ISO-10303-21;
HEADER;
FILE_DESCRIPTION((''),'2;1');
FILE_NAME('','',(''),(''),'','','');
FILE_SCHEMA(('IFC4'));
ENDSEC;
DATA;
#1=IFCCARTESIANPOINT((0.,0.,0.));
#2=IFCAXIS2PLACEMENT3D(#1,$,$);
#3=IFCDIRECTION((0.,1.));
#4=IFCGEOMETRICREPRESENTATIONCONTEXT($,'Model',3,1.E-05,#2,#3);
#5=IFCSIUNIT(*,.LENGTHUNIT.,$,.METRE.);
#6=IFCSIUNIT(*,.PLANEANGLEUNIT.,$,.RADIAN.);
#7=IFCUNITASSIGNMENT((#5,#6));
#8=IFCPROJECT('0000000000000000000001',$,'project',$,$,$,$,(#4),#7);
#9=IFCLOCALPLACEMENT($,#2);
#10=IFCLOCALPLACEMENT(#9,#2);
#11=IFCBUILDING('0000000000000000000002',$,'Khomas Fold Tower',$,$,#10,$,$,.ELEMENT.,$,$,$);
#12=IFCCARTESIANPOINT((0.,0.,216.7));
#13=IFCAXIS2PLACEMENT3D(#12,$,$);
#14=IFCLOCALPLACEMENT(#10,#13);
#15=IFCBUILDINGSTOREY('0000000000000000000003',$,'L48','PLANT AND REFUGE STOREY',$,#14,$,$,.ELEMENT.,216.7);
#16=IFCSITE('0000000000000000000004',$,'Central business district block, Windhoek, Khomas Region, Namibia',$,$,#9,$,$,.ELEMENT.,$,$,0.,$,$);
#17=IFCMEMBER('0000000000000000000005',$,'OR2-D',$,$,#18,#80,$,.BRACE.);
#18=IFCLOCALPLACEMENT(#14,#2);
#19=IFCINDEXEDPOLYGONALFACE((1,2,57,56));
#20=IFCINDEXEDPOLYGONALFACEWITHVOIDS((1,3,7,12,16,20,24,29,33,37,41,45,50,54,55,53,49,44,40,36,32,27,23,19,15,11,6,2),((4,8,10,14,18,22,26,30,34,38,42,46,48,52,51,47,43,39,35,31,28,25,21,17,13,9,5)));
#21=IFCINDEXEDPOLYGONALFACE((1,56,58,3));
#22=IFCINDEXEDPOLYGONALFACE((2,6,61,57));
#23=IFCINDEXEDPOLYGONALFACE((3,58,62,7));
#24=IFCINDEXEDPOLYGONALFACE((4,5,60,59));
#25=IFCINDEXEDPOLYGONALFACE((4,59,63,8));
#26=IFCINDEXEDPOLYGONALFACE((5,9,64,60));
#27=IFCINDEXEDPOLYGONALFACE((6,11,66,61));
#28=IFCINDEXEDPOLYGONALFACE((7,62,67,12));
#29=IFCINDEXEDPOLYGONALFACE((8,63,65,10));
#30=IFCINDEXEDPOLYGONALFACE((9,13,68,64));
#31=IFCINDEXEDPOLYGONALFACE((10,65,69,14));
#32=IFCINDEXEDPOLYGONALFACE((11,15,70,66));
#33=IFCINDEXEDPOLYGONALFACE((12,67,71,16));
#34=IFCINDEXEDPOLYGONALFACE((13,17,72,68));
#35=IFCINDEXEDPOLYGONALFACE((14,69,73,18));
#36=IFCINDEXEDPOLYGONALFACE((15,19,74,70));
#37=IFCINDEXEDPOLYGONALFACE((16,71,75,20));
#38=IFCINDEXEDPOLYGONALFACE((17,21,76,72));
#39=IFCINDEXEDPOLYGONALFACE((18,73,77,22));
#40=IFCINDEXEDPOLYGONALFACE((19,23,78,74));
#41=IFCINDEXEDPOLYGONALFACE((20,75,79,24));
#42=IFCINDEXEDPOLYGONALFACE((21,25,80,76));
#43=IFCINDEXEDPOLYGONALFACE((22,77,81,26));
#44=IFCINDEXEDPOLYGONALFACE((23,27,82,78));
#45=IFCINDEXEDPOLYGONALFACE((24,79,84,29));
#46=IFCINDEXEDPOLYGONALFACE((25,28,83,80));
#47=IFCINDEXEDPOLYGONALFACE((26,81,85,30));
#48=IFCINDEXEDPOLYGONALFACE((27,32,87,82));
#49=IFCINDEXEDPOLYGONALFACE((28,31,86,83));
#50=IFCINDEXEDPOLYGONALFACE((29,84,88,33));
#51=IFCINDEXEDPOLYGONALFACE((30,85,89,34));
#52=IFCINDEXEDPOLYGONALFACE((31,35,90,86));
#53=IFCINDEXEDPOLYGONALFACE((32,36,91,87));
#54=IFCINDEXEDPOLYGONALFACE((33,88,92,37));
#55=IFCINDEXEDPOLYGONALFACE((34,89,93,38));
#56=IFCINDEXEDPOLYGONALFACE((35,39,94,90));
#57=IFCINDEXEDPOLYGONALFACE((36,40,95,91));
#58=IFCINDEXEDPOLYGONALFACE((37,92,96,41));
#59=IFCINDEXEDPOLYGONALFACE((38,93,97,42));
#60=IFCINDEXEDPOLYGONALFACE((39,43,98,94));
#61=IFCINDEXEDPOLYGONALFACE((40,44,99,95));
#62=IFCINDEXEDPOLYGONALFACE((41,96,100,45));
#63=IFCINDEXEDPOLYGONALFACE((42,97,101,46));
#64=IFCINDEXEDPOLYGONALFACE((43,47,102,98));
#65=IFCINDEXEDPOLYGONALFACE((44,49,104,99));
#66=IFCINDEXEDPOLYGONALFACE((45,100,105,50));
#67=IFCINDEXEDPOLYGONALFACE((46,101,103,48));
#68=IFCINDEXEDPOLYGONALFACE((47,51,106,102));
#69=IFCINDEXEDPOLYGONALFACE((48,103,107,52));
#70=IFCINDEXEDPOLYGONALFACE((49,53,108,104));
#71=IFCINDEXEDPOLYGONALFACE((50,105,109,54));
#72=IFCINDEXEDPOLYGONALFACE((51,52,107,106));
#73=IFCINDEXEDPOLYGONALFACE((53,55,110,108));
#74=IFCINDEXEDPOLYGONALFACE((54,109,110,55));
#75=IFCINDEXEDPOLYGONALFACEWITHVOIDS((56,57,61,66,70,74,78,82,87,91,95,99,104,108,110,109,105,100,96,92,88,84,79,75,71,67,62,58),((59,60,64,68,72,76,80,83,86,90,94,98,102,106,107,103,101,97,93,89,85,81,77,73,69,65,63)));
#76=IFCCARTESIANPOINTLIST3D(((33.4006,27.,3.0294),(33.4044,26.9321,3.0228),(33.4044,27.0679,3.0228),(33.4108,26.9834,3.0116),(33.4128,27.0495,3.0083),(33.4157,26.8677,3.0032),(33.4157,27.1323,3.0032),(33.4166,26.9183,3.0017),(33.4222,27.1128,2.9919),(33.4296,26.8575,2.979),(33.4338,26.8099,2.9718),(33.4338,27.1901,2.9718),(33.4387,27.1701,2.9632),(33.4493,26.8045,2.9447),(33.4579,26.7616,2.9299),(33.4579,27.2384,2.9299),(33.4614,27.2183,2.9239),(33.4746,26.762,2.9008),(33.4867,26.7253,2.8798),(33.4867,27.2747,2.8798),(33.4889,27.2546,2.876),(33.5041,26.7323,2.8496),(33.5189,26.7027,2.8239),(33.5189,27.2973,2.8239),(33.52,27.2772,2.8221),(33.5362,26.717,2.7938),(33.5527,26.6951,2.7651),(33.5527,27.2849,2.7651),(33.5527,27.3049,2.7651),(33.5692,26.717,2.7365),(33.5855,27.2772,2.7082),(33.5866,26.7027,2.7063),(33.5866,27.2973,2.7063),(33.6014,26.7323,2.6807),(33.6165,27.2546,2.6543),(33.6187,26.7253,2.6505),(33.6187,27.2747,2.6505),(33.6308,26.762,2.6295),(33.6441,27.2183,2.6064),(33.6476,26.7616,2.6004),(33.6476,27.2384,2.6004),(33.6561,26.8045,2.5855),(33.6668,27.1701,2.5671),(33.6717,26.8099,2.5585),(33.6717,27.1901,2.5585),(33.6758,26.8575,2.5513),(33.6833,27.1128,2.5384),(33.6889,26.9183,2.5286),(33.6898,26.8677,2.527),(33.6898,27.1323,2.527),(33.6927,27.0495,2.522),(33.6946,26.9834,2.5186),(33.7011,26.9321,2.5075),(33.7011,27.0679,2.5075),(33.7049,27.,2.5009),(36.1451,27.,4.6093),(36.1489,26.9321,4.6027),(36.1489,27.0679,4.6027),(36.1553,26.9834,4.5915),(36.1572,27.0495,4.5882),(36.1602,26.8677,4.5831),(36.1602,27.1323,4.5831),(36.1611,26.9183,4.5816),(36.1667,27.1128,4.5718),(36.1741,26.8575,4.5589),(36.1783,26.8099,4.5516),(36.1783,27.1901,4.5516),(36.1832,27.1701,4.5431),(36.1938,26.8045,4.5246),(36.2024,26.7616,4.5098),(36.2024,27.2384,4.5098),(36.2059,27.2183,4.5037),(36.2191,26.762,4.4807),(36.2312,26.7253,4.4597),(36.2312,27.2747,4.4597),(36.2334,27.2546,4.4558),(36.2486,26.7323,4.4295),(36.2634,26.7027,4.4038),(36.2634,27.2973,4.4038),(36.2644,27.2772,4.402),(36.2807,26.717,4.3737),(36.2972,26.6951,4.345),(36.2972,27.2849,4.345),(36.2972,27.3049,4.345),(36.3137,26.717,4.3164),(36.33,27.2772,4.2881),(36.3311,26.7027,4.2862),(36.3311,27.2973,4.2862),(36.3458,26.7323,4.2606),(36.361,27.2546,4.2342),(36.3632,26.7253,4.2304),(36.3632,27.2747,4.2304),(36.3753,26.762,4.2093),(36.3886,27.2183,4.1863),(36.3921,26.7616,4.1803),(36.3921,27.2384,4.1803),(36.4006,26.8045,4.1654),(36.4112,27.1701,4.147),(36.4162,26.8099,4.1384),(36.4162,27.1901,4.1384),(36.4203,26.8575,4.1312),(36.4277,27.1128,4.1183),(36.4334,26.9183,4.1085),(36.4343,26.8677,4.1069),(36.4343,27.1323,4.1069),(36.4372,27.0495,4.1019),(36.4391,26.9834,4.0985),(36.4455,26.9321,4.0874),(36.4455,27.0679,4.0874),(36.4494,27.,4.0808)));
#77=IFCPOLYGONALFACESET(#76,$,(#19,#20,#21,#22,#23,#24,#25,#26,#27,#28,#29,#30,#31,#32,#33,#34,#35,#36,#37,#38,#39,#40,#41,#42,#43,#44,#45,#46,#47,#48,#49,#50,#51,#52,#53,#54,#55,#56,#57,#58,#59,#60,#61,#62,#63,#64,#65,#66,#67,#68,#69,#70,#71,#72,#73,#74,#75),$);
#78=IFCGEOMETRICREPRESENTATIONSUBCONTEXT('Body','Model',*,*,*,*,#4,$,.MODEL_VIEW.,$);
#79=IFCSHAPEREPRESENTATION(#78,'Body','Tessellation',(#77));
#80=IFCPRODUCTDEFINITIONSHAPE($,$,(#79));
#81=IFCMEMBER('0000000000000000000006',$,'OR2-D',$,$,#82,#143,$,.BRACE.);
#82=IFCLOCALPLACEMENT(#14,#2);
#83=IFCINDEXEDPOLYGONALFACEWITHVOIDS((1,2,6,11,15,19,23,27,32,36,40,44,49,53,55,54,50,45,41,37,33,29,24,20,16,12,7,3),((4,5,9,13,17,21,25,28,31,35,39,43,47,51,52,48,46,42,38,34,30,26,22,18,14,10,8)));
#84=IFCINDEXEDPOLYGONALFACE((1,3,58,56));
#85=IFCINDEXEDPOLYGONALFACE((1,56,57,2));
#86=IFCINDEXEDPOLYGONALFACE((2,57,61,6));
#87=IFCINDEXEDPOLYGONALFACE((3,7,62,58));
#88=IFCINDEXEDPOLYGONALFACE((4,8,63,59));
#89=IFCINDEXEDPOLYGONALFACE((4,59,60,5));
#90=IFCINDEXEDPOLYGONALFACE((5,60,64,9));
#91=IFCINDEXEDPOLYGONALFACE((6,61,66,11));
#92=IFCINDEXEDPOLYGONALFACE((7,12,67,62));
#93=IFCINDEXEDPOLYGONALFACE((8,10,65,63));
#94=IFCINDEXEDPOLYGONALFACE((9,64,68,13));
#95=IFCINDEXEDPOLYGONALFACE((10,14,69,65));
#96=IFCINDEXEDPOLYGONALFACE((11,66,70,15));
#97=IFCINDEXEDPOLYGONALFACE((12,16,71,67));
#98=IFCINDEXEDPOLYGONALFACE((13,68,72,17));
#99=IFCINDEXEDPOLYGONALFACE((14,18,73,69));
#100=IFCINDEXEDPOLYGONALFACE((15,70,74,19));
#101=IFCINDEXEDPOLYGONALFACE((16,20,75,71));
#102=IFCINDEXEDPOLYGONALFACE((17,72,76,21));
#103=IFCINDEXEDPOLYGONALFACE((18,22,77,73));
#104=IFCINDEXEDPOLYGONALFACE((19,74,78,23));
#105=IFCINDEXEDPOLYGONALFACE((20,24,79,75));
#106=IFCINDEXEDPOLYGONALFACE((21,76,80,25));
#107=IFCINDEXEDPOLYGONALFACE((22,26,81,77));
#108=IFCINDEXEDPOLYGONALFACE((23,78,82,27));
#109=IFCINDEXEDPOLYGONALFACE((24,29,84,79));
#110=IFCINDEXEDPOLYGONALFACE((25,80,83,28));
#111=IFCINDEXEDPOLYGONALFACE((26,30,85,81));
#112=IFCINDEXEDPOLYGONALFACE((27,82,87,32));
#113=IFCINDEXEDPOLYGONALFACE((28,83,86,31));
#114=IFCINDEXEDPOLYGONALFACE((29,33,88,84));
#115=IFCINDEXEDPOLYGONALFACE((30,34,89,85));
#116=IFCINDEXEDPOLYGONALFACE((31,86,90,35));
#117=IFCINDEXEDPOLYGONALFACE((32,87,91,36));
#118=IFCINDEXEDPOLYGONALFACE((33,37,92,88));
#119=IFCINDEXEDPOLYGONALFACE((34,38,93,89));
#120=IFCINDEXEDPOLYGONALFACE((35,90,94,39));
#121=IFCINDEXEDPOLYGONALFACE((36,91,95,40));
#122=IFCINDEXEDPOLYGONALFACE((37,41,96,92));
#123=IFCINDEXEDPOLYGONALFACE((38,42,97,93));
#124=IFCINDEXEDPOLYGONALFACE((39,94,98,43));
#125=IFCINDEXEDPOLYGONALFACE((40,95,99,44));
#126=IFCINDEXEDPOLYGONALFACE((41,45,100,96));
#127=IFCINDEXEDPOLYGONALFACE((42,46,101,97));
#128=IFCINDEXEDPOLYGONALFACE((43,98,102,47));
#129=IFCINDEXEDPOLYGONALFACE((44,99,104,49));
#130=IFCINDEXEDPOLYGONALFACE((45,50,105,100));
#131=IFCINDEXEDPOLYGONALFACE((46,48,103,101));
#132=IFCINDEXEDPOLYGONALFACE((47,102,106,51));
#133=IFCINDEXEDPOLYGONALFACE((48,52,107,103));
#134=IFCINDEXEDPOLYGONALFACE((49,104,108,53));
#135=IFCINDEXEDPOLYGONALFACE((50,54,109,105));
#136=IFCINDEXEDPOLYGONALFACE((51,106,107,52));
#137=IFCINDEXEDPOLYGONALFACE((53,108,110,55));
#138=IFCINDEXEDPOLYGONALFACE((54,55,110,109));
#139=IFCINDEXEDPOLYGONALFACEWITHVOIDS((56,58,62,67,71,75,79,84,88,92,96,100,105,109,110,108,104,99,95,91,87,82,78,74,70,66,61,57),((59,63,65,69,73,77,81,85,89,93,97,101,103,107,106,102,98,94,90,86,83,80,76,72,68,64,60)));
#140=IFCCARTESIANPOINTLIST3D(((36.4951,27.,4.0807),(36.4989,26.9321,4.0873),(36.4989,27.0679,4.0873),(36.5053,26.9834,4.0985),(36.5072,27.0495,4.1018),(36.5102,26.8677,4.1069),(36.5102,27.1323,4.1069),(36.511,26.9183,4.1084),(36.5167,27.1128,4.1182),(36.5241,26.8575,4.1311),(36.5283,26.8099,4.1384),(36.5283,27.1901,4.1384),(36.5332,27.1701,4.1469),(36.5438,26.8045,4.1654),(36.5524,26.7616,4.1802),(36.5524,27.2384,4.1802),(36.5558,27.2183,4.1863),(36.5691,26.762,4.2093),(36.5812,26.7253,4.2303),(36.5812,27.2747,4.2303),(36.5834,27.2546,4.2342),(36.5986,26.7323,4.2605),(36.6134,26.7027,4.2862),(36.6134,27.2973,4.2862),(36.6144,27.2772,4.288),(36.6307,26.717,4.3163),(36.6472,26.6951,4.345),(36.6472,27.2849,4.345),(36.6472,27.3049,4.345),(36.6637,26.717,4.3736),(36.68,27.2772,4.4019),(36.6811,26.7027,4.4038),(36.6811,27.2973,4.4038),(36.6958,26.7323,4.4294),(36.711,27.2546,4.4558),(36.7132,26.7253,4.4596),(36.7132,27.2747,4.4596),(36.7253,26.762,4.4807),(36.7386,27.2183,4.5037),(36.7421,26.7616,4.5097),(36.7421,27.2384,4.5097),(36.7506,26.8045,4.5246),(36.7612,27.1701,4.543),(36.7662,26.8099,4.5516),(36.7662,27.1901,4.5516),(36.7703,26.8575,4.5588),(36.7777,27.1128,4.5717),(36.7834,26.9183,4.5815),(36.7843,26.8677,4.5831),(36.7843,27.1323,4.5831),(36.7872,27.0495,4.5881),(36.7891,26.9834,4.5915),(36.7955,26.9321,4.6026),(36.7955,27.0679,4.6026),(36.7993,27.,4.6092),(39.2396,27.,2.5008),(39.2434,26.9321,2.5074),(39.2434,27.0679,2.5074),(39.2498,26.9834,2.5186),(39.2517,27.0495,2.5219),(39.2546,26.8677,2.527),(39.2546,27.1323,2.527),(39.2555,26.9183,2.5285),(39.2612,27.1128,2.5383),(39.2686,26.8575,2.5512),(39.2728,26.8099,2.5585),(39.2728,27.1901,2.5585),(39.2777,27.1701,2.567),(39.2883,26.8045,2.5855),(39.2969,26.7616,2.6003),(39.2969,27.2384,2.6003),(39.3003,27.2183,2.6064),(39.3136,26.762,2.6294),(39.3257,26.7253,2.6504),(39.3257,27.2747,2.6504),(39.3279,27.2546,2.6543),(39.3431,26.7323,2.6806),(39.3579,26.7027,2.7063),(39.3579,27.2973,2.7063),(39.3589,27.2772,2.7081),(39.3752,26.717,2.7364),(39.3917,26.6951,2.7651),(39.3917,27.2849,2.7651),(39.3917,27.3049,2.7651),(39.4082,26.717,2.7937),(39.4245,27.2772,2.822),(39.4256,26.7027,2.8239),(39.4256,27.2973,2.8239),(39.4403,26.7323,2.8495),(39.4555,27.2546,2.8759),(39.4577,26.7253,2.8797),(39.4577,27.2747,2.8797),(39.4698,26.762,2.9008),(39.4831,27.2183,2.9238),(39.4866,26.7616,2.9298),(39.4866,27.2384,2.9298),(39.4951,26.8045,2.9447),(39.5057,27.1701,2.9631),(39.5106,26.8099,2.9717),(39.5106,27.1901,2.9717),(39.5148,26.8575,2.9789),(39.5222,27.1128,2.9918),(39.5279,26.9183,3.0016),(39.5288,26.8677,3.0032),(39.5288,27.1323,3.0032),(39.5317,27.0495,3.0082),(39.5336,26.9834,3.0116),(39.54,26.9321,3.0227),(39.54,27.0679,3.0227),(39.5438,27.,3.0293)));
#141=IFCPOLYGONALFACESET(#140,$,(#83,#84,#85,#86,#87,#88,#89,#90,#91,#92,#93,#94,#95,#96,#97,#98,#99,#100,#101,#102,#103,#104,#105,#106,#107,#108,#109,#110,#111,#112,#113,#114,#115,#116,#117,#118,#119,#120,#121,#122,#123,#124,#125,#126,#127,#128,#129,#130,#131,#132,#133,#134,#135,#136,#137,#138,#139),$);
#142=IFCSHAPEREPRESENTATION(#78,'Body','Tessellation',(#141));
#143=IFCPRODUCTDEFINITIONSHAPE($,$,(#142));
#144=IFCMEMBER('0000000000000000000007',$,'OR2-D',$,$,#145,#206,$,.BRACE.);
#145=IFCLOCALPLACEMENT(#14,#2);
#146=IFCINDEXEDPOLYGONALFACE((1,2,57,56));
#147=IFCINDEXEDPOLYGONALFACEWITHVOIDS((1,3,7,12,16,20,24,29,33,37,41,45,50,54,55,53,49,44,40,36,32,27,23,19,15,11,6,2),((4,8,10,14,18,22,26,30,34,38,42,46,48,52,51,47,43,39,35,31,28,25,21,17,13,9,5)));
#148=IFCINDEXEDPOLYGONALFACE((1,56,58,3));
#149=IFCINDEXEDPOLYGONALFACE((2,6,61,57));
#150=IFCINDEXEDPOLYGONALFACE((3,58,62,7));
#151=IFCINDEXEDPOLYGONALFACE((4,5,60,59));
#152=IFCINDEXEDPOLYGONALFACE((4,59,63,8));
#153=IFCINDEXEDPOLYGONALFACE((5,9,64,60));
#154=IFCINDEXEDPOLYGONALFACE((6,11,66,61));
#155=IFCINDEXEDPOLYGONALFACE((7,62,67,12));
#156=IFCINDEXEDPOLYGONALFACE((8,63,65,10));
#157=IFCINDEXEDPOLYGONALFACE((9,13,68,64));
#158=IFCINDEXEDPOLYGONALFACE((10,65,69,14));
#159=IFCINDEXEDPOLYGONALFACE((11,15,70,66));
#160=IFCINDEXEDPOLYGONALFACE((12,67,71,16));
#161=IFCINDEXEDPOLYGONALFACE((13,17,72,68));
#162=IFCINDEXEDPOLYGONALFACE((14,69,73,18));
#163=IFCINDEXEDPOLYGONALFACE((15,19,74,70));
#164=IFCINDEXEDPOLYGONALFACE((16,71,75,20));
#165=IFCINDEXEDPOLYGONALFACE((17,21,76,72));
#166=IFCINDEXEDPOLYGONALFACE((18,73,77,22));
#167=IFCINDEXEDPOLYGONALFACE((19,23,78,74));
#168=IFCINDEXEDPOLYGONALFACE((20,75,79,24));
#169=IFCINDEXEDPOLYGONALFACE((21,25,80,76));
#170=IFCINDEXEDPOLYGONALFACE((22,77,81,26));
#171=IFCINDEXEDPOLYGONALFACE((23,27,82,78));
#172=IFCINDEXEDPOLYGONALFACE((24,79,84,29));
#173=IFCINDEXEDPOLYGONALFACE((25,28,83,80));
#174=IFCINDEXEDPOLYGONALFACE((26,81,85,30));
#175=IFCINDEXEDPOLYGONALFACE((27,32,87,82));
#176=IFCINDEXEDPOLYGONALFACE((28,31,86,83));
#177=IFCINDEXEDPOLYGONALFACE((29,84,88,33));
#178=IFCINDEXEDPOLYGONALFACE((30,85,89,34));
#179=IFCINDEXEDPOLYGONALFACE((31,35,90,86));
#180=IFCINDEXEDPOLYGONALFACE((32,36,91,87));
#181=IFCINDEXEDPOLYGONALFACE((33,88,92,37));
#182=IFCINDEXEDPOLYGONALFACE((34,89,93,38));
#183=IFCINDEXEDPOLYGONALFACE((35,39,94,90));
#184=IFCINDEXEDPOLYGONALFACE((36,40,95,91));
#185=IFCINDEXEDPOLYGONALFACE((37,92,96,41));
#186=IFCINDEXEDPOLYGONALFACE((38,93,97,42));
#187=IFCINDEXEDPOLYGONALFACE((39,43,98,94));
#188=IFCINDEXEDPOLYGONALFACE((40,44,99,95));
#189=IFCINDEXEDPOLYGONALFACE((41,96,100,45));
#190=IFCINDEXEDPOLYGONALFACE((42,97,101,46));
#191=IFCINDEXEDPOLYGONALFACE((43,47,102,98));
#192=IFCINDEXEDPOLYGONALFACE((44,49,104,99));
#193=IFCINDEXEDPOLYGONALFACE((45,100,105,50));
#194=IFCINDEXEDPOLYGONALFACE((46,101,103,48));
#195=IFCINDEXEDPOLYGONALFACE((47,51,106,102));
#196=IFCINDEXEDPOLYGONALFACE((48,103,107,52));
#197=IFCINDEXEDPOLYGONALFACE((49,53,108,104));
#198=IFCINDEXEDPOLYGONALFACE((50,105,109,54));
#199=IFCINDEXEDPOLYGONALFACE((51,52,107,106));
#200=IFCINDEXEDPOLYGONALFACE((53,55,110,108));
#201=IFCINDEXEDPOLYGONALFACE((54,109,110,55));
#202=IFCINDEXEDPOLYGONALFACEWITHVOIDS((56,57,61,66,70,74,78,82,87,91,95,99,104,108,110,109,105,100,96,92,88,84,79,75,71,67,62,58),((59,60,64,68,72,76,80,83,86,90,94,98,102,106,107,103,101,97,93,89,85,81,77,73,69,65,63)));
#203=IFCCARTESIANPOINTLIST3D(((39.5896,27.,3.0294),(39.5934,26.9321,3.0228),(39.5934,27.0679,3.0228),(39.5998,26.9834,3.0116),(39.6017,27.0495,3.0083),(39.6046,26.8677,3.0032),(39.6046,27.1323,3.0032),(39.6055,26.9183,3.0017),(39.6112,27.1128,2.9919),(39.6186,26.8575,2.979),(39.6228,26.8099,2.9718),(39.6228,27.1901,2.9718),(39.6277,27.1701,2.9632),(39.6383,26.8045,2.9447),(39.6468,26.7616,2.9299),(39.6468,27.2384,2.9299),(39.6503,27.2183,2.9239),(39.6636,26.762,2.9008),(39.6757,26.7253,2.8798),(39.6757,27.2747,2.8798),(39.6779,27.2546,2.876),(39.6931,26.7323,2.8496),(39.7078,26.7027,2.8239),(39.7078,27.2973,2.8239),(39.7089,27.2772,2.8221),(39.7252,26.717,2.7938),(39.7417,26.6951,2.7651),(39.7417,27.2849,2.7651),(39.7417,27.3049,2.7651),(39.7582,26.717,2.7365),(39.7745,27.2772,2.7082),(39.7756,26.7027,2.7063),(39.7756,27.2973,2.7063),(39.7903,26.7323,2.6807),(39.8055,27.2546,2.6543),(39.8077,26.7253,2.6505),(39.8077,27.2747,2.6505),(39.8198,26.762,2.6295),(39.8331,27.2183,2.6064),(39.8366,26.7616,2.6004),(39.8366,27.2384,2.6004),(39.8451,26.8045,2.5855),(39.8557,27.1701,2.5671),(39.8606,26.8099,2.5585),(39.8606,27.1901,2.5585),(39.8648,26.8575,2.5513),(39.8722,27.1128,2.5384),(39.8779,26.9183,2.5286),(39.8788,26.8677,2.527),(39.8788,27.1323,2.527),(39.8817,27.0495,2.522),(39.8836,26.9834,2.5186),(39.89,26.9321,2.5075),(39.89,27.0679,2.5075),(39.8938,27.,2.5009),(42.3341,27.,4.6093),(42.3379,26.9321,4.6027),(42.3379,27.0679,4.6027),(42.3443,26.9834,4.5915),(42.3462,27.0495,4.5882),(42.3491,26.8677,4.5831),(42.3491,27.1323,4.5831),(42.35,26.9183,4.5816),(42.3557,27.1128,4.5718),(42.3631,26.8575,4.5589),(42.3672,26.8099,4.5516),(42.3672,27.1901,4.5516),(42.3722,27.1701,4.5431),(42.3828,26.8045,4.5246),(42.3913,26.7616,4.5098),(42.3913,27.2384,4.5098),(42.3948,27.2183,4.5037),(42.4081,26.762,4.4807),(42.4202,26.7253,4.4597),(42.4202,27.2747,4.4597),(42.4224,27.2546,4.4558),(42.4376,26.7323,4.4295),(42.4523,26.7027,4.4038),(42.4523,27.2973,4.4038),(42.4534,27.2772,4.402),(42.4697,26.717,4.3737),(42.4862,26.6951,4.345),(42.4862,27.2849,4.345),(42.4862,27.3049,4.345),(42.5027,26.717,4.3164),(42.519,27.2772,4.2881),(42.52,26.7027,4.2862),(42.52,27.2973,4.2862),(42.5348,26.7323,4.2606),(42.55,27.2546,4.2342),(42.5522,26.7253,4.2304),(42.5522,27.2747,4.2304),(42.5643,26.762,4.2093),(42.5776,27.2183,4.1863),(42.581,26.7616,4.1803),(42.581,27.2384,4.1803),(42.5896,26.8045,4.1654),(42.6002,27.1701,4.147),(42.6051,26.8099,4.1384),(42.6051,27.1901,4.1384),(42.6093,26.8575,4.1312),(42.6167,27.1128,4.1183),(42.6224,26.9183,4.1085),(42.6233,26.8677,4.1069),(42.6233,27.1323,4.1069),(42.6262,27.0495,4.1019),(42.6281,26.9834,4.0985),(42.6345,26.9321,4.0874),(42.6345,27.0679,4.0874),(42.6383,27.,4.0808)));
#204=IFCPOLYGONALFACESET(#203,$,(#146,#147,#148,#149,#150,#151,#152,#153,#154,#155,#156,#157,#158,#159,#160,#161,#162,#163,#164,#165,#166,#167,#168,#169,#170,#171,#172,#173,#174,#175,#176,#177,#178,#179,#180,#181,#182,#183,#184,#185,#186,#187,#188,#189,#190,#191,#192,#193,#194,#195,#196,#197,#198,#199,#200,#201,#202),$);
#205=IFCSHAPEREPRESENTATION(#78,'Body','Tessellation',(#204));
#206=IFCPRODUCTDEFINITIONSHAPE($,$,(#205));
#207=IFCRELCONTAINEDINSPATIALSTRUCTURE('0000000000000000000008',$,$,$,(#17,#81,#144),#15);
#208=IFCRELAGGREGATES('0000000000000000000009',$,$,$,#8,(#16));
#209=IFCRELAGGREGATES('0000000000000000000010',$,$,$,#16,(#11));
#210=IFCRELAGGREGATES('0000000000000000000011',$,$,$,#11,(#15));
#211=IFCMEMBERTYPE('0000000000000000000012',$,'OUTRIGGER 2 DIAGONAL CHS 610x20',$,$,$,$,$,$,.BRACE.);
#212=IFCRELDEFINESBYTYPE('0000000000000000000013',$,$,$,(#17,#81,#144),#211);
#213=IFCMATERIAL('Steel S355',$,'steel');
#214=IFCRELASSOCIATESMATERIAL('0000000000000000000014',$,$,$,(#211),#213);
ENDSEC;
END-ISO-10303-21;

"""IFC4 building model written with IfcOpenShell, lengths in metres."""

from ifc_helpers import new_model, si_unit, direction, frame, origin, origin_2d, place, context, subcontext, project, spatial, hollow_circle, extrude, source, transform, mapped, material, material_profile, profile_set, type_object, element, save


model = new_model("IFC4")

# Units and contexts
model_context = context("Model", 3, precision=1e-05, world=origin(), true_north=direction((0.0, 1.0)))
body_context = subcontext(model_context, "Body", "Model", "MODEL_VIEW")
ifc_project = project(units=[si_unit("LENGTHUNIT", "METRE"), si_unit("PLANEANGLEUNIT", "RADIAN")], contexts=[model_context])

# Site, building, storey
site_placement = place(None, origin())
site = spatial("IfcSite", under=ifc_project, at=site_placement, Name="Central business district block, Windhoek, Khomas Region, Namibia", CompositionType="ELEMENT", RefElevation=0.0)
building_placement = place(site_placement, origin())
building = spatial("IfcBuilding", under=site, at=building_placement, Name="Khomas Fold Tower", CompositionType="ELEMENT")
storey_placement = place(building_placement, frame((0.0, 0.0, 216.7)))
storey = spatial("IfcBuildingStorey", under=building, at=storey_placement, Name="L48", Description="PLANT AND REFUGE STOREY", CompositionType="ELEMENT", Elevation=216.7)

# Members
ifc_material_1 = material(Name="Steel S355", Category="steel")
ifc_material_profile_1 = material_profile(ifc_material_1, hollow_circle(Radius=0.3049, WallThickness=0.02, at=origin_2d()), Name="CHS 610x20")
ifc_profile_set_1 = profile_set([ifc_material_profile_1], Name="Steel S355")
member_type_1 = type_object("IfcMemberType", Name="OUTRIGGER 2 DIAGONAL CHS 610x20", PredefinedType="BRACE", material=ifc_profile_set_1)
shared_shape_1 = source(origin(), body_context, "Body", "SweptSolid", [
    extrude(hollow_circle(Radius=0.3049, WallThickness=0.02, at=origin_2d()), origin(), (0.0, 0.0, 1.0), 3.1667),
])
for number, where, z_axis, x_axis, name in (
    (1, (33.5527, 27.0, 2.7651), (0.866659, 0.0, 0.498901), (0.0, 1.0, 0.0), "OR2-D"),
    (2, (36.6472, 27.0, 4.345), (0.866659, 0.0, -0.498901), (0.0, 1.0, 0.0), "OR2-D"),
    (3, (39.7417, 27.0, 2.7651), (0.866659, 0.0, 0.498901), (0.0, 1.0, 0.0), "OR2-D"),
):
    element("IfcMember", number, at=place(storey_placement, frame(where, z_axis=z_axis, x_axis=x_axis)), inside=storey, type_object=member_type_1, Name=name, PredefinedType="BRACE", context=body_context, shape_type="MappedRepresentation", body=[
        mapped(shared_shape_1, transform((0.0, 0.0, 0.0))),
    ])

save(model, "model.ifc")
